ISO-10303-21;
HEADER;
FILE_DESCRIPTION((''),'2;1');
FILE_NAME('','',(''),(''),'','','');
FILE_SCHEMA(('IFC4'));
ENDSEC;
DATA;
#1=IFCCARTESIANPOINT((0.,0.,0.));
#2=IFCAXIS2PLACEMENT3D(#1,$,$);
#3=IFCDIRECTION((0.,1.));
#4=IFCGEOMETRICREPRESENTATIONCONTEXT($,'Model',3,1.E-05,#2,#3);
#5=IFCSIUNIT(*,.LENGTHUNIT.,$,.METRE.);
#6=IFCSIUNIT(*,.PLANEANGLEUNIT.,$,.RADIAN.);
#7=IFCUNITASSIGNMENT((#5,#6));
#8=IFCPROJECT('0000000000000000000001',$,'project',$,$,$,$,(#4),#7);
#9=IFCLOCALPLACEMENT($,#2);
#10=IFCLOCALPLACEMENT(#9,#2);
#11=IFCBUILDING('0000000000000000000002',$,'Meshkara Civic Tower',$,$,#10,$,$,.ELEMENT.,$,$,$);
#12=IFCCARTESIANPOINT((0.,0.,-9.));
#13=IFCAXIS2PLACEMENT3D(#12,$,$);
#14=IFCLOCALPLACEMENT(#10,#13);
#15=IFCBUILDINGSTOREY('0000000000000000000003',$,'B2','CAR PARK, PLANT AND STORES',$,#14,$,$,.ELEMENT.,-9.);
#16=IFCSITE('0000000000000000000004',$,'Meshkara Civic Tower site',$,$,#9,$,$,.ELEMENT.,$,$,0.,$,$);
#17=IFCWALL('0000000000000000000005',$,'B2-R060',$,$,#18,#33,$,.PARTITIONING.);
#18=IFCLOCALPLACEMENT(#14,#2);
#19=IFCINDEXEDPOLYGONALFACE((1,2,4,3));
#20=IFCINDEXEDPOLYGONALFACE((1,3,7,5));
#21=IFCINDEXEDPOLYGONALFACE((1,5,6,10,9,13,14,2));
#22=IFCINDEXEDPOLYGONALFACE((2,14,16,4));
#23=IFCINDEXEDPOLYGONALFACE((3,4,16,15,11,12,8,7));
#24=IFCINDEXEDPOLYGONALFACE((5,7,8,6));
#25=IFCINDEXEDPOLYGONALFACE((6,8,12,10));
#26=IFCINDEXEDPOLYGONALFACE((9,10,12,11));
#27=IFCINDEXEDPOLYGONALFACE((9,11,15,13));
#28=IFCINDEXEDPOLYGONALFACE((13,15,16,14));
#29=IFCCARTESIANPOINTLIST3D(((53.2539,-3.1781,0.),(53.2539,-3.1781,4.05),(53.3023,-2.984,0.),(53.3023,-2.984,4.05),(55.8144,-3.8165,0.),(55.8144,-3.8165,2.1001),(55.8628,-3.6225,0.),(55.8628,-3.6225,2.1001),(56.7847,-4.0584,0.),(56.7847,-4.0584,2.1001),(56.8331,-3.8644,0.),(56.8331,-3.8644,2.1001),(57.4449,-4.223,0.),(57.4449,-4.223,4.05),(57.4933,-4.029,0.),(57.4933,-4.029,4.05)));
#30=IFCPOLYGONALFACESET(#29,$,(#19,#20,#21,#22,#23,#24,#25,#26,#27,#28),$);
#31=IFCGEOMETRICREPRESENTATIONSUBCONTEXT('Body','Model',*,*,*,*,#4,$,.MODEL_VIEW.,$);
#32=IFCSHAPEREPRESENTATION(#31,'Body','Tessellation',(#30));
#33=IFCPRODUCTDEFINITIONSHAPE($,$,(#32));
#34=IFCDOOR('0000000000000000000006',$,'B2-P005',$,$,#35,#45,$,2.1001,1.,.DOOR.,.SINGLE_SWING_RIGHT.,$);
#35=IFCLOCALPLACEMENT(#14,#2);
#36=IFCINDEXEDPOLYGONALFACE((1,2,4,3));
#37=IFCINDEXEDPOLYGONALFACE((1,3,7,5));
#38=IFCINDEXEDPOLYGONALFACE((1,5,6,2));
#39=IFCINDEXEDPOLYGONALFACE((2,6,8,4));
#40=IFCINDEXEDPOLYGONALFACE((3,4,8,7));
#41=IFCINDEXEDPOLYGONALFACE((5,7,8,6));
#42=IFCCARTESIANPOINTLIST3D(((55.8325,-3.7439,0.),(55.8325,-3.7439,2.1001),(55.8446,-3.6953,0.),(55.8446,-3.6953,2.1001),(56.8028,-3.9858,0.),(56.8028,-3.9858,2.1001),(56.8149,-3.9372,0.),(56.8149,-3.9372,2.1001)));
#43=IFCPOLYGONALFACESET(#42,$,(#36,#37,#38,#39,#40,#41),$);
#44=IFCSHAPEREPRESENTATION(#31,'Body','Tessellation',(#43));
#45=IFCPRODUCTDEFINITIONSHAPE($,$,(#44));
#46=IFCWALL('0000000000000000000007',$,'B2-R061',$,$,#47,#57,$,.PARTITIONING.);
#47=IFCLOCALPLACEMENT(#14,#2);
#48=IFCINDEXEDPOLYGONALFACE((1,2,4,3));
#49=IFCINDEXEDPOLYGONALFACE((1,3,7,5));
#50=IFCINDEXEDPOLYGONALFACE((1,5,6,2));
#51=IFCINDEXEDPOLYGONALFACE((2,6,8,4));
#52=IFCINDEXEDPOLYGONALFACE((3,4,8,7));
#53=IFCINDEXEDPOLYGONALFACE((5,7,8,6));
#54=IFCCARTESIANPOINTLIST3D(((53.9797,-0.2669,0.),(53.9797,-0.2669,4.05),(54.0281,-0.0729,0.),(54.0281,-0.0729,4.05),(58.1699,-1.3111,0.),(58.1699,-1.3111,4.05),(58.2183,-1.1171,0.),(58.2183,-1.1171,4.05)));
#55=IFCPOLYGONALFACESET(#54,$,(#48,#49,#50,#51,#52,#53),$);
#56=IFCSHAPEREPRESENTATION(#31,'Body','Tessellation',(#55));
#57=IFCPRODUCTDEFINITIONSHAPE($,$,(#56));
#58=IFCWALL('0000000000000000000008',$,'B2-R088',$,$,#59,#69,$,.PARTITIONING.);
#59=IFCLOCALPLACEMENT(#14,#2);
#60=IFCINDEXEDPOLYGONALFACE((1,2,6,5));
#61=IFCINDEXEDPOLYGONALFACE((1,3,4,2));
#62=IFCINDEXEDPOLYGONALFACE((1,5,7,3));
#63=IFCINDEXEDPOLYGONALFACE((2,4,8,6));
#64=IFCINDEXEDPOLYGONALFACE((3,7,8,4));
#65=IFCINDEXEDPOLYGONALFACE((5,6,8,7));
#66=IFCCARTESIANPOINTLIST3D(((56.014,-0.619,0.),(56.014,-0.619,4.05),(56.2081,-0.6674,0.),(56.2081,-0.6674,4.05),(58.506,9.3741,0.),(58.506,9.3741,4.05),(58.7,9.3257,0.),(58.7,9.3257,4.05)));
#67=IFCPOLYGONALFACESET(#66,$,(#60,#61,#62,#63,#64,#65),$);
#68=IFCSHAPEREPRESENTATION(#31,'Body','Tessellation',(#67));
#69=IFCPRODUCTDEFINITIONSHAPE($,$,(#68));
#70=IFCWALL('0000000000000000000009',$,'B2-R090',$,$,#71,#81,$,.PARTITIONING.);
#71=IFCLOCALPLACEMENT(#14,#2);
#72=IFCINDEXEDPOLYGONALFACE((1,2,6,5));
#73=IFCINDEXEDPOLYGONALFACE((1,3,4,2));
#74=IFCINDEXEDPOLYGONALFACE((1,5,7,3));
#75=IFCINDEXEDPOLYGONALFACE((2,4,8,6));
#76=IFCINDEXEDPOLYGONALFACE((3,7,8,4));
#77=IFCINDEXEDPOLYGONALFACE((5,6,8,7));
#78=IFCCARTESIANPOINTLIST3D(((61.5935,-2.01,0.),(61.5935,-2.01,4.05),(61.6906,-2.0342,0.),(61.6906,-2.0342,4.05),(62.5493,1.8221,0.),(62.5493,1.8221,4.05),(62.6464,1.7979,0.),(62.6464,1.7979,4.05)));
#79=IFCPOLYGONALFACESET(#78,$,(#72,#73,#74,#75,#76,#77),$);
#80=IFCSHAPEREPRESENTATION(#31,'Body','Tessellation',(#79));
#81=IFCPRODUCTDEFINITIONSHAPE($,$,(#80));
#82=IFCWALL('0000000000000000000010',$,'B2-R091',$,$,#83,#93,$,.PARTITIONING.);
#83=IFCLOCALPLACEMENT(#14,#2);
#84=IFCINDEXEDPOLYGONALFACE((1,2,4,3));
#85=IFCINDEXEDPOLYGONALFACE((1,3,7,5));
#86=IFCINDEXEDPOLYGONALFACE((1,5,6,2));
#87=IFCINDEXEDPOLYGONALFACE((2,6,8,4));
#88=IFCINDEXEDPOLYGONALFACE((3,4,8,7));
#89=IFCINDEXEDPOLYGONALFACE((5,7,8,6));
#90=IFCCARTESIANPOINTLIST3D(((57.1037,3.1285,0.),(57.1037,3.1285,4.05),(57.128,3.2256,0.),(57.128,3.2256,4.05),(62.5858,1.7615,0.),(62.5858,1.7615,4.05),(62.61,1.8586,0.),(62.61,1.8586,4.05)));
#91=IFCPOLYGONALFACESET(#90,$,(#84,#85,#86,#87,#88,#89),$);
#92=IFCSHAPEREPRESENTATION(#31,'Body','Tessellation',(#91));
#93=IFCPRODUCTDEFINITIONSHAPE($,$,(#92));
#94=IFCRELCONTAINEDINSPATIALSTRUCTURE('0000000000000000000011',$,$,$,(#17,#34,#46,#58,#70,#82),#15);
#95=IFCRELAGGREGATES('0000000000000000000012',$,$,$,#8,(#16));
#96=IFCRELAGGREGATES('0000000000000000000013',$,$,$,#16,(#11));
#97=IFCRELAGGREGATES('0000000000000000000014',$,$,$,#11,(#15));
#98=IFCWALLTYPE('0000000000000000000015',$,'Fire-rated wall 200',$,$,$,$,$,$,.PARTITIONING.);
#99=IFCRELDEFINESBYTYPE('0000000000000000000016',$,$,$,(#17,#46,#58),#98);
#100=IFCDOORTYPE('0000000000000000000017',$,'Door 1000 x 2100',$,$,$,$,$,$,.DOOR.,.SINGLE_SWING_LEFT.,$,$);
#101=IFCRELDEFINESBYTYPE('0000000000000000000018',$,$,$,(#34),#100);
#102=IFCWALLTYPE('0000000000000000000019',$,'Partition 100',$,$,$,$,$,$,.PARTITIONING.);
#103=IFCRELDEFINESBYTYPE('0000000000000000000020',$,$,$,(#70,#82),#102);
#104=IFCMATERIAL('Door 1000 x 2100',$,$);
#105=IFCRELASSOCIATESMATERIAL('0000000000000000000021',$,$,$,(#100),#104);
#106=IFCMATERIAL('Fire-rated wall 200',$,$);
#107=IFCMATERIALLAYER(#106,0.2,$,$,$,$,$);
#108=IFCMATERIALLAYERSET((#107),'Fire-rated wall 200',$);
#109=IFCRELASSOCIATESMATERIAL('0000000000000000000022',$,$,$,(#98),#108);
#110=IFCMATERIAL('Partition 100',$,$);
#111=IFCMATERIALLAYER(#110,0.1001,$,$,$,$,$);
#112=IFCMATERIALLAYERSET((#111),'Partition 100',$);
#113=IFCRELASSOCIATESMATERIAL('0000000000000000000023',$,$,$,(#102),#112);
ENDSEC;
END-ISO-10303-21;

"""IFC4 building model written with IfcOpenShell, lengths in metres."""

from ifc_helpers import new_model, si_unit, direction, frame, frame_2d, origin, place, context, subcontext, project, spatial, rectangle, extrude, material, layer, layer_set, type_object, element, fill, save


model = new_model("IFC4")

# Units and contexts
model_context = context("Model", 3, precision=1e-05, world=origin(), true_north=direction((0.0, 1.0)))
body_context = subcontext(model_context, "Body", "Model", "MODEL_VIEW")
ifc_project = project(units=[si_unit("LENGTHUNIT", "METRE"), si_unit("PLANEANGLEUNIT", "RADIAN")], contexts=[model_context])

# Site, building, storey
site_placement = place(None, origin())
site = spatial("IfcSite", under=ifc_project, at=site_placement, Name="Meshkara Civic Tower site", CompositionType="ELEMENT", RefElevation=0.0)
building_placement = place(site_placement, origin())
building = spatial("IfcBuilding", under=site, at=building_placement, Name="Meshkara Civic Tower", CompositionType="ELEMENT")
storey_placement = place(building_placement, frame((0.0, 0.0, -9.0)))
storey = spatial("IfcBuildingStorey", under=building, at=storey_placement, Name="B2", Description="CAR PARK, PLANT AND STORES", CompositionType="ELEMENT", Elevation=-9.0)

# Wall, opening, door
ifc_material_1 = material(Name="Door 1000 x 2100")
door_type = type_object("IfcDoorType", Name="Door 1000 x 2100", OperationType="SINGLE_SWING_LEFT", PredefinedType="DOOR", material=ifc_material_1)
ifc_material_2 = material(Name="Fire-rated wall 200")
ifc_layer_1 = layer(ifc_material_2, 0.2)
ifc_layer_set_1 = layer_set([ifc_layer_1], Name="Fire-rated wall 200")
wall_type_1 = type_object("IfcWallType", Name="Fire-rated wall 200", PredefinedType="PARTITIONING", material=ifc_layer_set_1)
wall_1_placement = place(storey_placement, frame((53.2781, -3.0811, 0.0), z_axis=(0.0, 0.0, 1.0), x_axis=(0.970295, -0.241924, 0.0)))
wall_1 = element("IfcWall", 1, at=wall_1_placement, inside=storey, type_object=wall_type_1, Name="B2-R060", PredefinedType="PARTITIONING", context=body_context, shape_type="SweptSolid", body=[
    extrude(rectangle(XDim=4.3193, YDim=0.2, at=frame_2d((2.1597, 0.0))), origin(), (0.0, 0.0, 1.0), 4.05),
])
opening_1_placement = place(wall_1_placement, frame((2.6389, 0.0, 0.0)))
opening_1 = element("IfcOpeningElement", 2, at=opening_1_placement, cuts=wall_1, PredefinedType="OPENING", context=body_context, shape_type="SweptSolid", body=[
    extrude(rectangle(XDim=1.0, YDim=2.1001, at=frame_2d((0.5, 1.05))), frame((0.0, 0.1099, 0.0), z_axis=(0.0, -1.0, 0.0), x_axis=(1.0, 0.0, 0.0)), (0.0, 0.0, 1.0), 0.22),
])
door_1_placement = place(opening_1_placement, origin())
door_1 = element("IfcDoor", 3, at=door_1_placement, inside=storey, type_object=door_type, Name="B2-P005", OperationType="SINGLE_SWING_RIGHT", OverallHeight=2.1001, OverallWidth=1.0, PredefinedType="DOOR", context=body_context, shape_type="SweptSolid", body=[
    extrude(rectangle(XDim=1.0, YDim=2.1001, at=frame_2d((0.5, 1.05))), frame((0.0, 0.0249, 0.0), z_axis=(0.0, -1.0, 0.0), x_axis=(1.0, 0.0, 0.0)), (0.0, 0.0, 1.0), 0.05),
])
fill(opening_1, door_1)

# Walls
wall_2_placement = place(storey_placement, frame((54.0039, -0.1699, 0.0), z_axis=(0.0, 0.0, 1.0), x_axis=(0.970325, -0.241804, 0.0)))
element("IfcWall", 4, at=wall_2_placement, inside=storey, type_object=wall_type_1, Name="B2-R061", PredefinedType="PARTITIONING", context=body_context, shape_type="SweptSolid", body=[
    extrude(rectangle(XDim=4.3184, YDim=0.2, at=frame_2d((2.1592, 0.0))), origin(), (0.0, 0.0, 1.0), 4.05),
])
wall_3_placement = place(storey_placement, frame((56.1111, -0.6431, 0.0), z_axis=(0.0, 0.0, 1.0), x_axis=(0.241956, 0.970287, 0.0)))
element("IfcWall", 5, at=wall_3_placement, inside=storey, type_object=wall_type_1, Name="B2-R088", PredefinedType="PARTITIONING", context=body_context, shape_type="SweptSolid", body=[
    extrude(rectangle(XDim=10.2991, YDim=0.2, at=frame_2d((5.1494, 0.0))), origin(), (0.0, 0.0, 1.0), 4.05),
])
ifc_material_3 = material(Name="Partition 100")
ifc_layer_2 = layer(ifc_material_3, 0.1001)
ifc_layer_set_2 = layer_set([ifc_layer_2], Name="Partition 100")
wall_type_2 = type_object("IfcWallType", Name="Partition 100", PredefinedType="PARTITIONING", material=ifc_layer_set_2)
wall_4_placement = place(storey_placement, frame((61.6421, -2.022, 0.0), z_axis=(0.0, 0.0, 1.0), x_axis=(0.242012, 0.970273, 0.0)))
element("IfcWall", 6, at=wall_4_placement, inside=storey, type_object=wall_type_2, Name="B2-R090", PredefinedType="PARTITIONING", context=body_context, shape_type="SweptSolid", body=[
    extrude(rectangle(XDim=3.9495, YDim=0.1001, at=frame_2d((1.9746, 0.0))), origin(), (0.0, 0.0, 1.0), 4.05),
])
wall_5_placement = place(storey_placement, frame((62.5979, 1.8101, 0.0), z_axis=(0.0, 0.0, 1.0), x_axis=(-0.97029, 0.241946, 0.0)))
element("IfcWall", 7, at=wall_5_placement, inside=storey, type_object=wall_type_2, Name="B2-R091", PredefinedType="PARTITIONING", context=body_context, shape_type="SweptSolid", body=[
    extrude(rectangle(XDim=5.6499, YDim=0.1001, at=frame_2d((2.825, 0.0))), origin(), (0.0, 0.0, 1.0), 4.05),
])

save(model, "model.ifc")
